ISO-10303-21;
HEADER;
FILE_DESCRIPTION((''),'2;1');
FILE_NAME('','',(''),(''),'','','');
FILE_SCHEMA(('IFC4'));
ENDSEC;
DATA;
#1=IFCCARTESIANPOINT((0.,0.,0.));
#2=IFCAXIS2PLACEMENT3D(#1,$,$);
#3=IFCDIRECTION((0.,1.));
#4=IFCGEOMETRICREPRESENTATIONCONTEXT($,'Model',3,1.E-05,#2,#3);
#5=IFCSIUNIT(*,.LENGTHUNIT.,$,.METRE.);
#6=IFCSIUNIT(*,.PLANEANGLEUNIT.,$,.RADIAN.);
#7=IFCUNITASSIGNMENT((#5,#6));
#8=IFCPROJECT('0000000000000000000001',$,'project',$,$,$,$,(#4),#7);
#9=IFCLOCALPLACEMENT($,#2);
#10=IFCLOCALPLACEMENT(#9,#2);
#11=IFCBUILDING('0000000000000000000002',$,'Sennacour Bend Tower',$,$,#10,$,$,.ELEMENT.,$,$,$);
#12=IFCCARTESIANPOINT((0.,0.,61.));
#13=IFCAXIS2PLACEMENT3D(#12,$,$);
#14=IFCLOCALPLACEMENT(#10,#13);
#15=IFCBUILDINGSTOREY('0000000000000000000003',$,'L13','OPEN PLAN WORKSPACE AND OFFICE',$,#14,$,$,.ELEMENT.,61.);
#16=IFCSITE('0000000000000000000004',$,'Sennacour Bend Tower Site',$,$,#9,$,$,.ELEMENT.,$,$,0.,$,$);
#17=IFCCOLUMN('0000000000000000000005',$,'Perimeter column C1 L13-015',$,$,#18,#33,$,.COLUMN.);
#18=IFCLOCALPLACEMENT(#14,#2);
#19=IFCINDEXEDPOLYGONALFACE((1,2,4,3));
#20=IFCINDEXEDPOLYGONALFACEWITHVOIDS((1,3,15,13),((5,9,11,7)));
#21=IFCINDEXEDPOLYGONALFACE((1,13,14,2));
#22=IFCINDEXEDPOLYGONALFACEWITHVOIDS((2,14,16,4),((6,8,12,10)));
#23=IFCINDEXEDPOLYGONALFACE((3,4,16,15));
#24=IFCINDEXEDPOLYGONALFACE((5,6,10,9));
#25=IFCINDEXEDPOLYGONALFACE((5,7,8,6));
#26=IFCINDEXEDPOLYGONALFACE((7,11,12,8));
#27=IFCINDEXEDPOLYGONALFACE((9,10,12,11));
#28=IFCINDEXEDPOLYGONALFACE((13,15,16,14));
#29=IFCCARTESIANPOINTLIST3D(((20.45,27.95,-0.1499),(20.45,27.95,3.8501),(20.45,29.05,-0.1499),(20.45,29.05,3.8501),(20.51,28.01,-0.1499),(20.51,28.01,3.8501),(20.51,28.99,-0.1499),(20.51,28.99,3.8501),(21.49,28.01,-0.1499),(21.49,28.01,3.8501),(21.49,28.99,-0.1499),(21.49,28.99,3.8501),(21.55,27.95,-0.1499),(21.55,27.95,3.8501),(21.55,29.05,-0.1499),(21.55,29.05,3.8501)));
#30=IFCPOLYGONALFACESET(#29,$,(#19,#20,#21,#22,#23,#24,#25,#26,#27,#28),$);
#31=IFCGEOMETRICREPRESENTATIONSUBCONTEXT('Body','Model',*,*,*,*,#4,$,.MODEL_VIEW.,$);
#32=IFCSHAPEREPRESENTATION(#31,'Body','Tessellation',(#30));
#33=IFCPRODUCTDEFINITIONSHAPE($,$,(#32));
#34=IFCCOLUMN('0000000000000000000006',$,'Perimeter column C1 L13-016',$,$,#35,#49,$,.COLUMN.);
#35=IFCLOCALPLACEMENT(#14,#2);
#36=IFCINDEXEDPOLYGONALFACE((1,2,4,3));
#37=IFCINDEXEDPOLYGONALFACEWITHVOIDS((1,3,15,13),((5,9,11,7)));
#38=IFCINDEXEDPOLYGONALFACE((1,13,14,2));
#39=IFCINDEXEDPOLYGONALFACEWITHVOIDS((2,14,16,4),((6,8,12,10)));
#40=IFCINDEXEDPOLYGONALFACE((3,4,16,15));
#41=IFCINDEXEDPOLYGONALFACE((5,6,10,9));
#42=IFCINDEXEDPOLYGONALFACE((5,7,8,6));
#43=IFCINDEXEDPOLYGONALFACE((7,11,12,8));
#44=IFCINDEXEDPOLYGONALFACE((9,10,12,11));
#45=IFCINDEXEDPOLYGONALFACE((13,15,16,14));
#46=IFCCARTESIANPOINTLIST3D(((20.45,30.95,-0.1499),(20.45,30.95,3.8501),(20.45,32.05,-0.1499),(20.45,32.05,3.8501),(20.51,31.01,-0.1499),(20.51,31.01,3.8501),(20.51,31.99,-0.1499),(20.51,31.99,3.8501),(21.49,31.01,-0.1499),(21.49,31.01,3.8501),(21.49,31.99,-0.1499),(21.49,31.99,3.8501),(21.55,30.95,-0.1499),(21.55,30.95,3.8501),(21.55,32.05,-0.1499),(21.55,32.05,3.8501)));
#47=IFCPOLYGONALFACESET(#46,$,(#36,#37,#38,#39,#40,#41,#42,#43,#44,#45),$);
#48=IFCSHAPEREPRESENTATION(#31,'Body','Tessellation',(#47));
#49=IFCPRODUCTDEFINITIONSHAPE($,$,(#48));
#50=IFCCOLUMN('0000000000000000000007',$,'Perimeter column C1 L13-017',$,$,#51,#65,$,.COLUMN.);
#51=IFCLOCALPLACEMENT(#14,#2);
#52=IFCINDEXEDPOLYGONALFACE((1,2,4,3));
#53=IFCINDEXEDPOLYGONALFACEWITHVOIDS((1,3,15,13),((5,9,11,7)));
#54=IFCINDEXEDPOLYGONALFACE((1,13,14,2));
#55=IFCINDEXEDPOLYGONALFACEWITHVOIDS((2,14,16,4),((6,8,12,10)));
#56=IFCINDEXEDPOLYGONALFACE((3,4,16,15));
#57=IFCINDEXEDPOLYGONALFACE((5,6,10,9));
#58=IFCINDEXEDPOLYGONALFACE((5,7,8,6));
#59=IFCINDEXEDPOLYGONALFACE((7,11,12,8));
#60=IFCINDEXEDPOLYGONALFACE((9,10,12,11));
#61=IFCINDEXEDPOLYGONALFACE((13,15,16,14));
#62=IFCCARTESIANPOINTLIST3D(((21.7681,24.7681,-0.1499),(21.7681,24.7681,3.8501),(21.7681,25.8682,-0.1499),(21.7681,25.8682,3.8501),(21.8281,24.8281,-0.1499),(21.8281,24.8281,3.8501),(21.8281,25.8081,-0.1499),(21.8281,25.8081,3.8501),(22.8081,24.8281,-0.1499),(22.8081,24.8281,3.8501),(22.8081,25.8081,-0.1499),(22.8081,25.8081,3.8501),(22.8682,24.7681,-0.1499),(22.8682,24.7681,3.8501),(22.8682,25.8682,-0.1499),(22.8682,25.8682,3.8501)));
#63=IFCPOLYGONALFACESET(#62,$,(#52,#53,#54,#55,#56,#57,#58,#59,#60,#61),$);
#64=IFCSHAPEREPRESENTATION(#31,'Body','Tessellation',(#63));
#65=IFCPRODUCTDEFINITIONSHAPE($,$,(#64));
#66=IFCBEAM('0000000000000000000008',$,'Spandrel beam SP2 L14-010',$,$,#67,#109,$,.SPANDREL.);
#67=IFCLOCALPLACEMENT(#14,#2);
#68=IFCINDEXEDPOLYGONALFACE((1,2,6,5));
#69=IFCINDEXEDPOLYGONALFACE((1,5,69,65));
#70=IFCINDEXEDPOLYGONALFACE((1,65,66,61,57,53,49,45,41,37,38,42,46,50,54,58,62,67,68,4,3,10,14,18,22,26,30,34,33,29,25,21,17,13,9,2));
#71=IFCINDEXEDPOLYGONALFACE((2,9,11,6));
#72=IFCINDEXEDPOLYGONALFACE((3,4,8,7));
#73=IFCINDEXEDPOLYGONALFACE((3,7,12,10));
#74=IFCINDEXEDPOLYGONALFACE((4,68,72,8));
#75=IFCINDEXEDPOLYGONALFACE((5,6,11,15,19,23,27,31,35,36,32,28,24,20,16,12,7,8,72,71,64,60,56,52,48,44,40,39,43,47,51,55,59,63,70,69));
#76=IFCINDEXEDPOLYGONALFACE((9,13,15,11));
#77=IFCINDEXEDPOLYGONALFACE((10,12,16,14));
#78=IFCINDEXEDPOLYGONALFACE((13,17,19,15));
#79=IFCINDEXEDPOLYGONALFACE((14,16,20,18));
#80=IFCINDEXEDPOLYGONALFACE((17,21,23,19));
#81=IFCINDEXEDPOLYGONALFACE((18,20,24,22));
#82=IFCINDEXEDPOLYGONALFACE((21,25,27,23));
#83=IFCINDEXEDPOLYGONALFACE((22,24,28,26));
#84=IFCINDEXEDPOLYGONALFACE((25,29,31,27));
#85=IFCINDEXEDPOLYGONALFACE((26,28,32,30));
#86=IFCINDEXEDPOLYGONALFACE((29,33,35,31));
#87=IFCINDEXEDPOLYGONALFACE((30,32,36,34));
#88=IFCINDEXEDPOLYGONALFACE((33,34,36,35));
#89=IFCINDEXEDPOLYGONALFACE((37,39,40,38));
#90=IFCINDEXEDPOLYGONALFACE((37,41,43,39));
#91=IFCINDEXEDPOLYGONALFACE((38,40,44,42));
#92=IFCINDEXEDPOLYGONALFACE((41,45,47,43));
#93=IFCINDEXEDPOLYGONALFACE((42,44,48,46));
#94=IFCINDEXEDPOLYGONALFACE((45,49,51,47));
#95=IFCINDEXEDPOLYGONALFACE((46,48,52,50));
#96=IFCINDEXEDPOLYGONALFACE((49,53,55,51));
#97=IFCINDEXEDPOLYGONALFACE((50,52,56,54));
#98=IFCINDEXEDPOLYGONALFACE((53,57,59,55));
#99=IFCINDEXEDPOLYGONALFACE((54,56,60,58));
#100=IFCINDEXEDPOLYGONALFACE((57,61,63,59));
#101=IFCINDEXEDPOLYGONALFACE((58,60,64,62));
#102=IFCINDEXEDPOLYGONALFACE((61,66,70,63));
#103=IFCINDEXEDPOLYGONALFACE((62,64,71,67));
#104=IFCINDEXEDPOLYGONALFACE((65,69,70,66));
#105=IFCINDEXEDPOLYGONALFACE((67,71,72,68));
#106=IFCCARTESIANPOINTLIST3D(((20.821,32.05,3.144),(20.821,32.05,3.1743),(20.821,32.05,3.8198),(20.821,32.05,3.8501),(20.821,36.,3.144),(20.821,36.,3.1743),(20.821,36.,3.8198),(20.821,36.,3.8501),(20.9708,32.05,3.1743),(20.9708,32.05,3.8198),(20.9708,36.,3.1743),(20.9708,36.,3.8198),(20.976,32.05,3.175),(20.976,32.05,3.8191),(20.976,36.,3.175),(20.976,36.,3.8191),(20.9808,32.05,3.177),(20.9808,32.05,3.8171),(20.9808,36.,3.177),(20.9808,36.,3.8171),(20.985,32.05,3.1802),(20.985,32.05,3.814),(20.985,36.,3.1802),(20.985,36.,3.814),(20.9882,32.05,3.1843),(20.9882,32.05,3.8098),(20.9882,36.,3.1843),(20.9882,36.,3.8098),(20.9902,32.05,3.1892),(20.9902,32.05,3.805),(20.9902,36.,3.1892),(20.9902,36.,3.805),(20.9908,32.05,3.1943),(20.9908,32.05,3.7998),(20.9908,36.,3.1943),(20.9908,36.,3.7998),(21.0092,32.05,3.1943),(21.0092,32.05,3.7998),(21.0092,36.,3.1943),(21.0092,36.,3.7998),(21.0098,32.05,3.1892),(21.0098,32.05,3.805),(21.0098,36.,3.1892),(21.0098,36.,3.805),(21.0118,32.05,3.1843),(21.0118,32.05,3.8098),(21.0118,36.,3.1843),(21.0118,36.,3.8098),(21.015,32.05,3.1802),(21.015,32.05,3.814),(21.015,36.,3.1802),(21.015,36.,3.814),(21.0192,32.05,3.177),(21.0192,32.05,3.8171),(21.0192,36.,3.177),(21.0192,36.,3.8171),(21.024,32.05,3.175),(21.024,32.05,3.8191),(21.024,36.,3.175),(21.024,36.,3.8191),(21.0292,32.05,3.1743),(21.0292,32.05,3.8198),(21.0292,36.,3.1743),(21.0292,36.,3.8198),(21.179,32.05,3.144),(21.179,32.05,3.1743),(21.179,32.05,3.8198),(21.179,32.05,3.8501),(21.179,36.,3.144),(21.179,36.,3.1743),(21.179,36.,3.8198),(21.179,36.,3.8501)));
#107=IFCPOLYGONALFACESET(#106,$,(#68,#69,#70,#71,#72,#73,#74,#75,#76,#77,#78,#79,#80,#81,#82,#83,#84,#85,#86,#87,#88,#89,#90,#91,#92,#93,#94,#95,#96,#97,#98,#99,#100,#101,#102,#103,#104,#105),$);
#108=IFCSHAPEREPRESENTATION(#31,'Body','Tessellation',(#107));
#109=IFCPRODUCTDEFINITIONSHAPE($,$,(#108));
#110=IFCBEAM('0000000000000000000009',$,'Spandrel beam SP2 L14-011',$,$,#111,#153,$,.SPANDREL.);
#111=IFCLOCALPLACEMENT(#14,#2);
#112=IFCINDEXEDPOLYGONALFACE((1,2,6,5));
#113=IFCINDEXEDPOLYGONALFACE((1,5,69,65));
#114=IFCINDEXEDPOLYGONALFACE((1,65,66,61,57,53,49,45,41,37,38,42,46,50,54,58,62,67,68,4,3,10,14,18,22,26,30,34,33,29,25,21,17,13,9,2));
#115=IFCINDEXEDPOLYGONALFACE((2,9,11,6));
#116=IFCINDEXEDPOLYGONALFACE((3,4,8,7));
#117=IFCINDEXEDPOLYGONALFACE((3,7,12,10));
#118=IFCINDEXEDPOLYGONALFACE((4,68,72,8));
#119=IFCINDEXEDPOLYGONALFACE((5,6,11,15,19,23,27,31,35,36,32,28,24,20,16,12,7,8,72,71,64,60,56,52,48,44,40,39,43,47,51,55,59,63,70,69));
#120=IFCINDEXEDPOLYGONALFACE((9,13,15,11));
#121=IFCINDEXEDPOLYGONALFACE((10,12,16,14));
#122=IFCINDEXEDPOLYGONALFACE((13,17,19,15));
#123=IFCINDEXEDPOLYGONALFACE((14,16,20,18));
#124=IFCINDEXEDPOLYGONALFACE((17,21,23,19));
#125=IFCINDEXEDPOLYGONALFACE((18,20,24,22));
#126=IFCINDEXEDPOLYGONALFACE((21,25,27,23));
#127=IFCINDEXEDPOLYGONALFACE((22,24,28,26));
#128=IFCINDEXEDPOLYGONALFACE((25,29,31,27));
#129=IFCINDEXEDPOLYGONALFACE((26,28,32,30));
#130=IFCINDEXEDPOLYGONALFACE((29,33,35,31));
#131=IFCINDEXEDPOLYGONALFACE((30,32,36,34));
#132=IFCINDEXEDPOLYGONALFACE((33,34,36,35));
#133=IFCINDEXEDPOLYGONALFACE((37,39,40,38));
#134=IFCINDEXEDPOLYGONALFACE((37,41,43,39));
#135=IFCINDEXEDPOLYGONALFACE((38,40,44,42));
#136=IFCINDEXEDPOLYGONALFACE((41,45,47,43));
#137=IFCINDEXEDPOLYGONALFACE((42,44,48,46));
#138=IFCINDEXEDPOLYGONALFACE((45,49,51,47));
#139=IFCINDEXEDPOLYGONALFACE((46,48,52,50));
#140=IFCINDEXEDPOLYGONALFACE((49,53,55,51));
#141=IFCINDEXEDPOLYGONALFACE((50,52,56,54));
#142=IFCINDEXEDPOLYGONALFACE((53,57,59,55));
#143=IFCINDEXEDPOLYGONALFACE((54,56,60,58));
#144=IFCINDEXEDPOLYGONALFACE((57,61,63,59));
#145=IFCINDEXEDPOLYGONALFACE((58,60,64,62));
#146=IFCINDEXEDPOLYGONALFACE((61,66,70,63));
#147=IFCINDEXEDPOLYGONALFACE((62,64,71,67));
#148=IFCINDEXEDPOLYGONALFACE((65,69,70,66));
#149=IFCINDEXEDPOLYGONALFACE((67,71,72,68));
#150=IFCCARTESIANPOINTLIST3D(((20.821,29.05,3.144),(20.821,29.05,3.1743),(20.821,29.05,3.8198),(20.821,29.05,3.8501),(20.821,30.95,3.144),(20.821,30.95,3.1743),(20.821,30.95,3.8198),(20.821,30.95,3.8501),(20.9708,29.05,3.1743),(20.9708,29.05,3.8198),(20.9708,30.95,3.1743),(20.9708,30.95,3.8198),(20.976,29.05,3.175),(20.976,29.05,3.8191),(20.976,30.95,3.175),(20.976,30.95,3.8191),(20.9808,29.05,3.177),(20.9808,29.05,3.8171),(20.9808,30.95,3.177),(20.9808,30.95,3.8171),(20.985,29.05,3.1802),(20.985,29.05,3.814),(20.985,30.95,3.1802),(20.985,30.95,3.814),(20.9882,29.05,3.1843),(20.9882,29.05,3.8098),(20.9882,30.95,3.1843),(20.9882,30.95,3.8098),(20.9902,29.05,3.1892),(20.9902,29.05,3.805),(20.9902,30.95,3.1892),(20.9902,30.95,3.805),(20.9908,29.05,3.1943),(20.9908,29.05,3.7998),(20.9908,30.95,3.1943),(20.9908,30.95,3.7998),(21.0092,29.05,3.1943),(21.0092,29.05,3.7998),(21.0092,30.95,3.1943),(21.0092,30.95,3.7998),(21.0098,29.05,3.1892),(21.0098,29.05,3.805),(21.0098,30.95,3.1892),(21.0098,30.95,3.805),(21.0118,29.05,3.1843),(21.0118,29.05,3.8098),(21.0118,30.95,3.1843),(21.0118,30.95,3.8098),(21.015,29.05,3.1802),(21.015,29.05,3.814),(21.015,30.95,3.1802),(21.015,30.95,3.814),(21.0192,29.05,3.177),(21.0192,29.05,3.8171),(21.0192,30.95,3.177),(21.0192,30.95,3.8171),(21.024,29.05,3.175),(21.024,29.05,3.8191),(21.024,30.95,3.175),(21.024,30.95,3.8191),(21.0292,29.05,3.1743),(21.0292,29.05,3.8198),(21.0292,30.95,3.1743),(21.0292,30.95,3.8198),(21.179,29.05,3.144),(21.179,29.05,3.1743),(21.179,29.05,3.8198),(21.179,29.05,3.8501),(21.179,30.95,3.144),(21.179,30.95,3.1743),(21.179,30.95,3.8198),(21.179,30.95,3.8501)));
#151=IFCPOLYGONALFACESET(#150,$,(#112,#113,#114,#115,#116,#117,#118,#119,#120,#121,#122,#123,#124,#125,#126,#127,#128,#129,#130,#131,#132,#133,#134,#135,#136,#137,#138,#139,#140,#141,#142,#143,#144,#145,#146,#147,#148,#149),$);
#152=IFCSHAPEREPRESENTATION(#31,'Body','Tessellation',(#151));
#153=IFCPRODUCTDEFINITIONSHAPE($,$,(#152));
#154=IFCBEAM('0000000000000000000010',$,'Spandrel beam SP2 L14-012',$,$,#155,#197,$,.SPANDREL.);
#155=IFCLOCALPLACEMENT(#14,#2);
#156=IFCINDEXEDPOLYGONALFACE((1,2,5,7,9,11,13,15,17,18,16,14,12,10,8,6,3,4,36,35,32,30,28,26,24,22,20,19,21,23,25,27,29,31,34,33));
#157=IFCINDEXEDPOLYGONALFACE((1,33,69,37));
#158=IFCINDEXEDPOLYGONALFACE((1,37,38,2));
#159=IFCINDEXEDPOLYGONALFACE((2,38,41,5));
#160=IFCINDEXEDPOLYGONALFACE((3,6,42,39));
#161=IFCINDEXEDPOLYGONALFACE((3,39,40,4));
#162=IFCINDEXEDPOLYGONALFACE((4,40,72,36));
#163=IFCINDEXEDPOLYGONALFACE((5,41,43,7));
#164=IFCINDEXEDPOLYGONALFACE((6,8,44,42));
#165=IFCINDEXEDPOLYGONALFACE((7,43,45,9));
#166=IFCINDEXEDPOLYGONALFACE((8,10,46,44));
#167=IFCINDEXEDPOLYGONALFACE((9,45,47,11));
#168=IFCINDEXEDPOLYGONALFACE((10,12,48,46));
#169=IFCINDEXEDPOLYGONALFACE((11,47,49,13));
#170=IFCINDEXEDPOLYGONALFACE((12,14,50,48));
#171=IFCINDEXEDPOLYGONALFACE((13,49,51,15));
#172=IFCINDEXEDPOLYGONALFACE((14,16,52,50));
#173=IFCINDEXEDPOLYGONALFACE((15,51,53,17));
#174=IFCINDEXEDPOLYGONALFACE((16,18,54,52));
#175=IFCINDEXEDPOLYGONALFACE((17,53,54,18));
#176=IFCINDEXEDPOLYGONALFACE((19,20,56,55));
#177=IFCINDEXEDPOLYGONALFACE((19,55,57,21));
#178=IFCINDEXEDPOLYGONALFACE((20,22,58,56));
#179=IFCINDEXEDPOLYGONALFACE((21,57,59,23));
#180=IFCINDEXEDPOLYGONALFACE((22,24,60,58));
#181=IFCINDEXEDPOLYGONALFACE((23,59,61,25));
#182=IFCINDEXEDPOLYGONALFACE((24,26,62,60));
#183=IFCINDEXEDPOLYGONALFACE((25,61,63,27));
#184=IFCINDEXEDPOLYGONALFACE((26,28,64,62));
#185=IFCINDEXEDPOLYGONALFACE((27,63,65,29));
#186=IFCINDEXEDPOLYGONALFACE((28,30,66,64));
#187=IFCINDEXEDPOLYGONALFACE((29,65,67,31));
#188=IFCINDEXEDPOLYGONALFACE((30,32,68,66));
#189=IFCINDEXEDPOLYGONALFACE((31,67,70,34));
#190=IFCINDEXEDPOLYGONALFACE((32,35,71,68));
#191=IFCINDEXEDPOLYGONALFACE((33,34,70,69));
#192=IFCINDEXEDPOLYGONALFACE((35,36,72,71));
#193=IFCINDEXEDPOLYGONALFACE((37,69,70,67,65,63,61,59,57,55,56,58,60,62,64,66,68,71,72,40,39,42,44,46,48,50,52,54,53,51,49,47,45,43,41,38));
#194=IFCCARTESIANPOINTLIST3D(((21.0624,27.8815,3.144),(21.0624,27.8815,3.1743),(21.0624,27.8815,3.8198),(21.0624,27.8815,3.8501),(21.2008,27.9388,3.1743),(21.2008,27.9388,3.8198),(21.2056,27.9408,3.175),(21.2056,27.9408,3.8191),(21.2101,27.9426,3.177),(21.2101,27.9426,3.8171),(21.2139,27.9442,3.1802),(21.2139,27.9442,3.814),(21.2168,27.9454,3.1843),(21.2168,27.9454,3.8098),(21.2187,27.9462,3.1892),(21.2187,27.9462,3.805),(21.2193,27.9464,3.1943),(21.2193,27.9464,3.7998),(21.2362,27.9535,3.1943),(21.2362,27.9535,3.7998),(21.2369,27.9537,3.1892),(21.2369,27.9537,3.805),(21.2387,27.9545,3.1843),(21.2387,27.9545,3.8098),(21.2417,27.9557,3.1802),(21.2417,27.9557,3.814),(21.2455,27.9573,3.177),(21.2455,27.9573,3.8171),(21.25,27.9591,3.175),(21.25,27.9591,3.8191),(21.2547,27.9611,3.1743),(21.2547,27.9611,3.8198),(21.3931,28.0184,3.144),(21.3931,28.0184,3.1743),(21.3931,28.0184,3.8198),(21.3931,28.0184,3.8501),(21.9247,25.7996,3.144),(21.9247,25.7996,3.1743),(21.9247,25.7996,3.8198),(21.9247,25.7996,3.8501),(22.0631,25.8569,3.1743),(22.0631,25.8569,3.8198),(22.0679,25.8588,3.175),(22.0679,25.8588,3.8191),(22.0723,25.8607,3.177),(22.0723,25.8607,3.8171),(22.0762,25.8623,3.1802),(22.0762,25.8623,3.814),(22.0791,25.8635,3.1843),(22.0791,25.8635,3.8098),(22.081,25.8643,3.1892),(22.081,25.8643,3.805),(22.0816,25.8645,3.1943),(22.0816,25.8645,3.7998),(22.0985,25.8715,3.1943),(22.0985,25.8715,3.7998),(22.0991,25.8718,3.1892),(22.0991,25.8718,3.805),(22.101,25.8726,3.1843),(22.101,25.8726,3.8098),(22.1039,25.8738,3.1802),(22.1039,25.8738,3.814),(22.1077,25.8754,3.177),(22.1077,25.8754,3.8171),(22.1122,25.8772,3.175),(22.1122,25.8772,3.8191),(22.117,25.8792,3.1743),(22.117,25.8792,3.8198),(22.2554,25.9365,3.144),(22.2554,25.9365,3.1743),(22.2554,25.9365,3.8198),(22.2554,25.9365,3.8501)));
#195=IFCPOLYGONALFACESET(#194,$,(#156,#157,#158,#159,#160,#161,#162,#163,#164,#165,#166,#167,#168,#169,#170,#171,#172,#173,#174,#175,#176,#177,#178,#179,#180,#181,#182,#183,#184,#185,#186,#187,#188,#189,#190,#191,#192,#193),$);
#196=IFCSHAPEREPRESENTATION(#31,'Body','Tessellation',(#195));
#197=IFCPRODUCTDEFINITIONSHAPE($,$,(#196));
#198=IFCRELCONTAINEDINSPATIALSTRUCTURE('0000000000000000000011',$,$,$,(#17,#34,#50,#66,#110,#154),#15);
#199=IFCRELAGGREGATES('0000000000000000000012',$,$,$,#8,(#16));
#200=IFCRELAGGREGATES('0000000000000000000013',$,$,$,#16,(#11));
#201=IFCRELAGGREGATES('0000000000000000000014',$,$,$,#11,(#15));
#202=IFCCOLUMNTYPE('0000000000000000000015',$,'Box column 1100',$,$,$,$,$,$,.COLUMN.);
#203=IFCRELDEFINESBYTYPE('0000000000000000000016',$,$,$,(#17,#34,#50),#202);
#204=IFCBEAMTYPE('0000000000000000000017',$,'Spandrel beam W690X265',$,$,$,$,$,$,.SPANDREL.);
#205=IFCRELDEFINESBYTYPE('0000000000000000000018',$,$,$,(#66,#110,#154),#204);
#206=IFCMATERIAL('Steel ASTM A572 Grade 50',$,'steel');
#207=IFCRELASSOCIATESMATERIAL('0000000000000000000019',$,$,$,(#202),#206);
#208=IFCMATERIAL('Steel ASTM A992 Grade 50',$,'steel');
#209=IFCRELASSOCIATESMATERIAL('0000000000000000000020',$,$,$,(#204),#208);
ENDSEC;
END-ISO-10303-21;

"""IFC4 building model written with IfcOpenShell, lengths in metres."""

from ifc_helpers import new_model, si_unit, direction, frame, origin, origin_2d, place, context, subcontext, project, spatial, hollow_rectangle, i_section, extrude, material, material_profile, profile_set, type_object, element, save


model = new_model("IFC4")

# Units and contexts
model_context = context("Model", 3, precision=1e-05, world=origin(), true_north=direction((0.0, 1.0)))
body_context = subcontext(model_context, "Body", "Model", "MODEL_VIEW")
ifc_project = project(units=[si_unit("LENGTHUNIT", "METRE"), si_unit("PLANEANGLEUNIT", "RADIAN")], contexts=[model_context])

# Site, building, storey
site_placement = place(None, origin())
site = spatial("IfcSite", under=ifc_project, at=site_placement, Name="Sennacour Bend Tower Site", CompositionType="ELEMENT", RefElevation=0.0)
building_placement = place(site_placement, origin())
building = spatial("IfcBuilding", under=site, at=building_placement, Name="Sennacour Bend Tower", CompositionType="ELEMENT")
storey_placement = place(building_placement, frame((0.0, 0.0, 61.0)))
storey = spatial("IfcBuildingStorey", under=building, at=storey_placement, Name="L13", Description="OPEN PLAN WORKSPACE AND OFFICE", CompositionType="ELEMENT", Elevation=61.0)

# Columns
ifc_material_1 = material(Name="Steel ASTM A572 Grade 50", Category="steel")
ifc_material_profile_1 = material_profile(ifc_material_1, hollow_rectangle(XDim=1.1001, YDim=1.1001, WallThickness=0.0601, at=origin_2d()), Name="Steel ASTM A572 Grade 50", Category="steel")
ifc_profile_set_1 = profile_set([ifc_material_profile_1], Name="Steel ASTM A572 Grade 50")
column_type = type_object("IfcColumnType", Name="Box column 1100", PredefinedType="COLUMN", material=ifc_profile_set_1)
for number, where, z_axis, x_axis, name in (
    (1, (21.0, 28.5, -0.1499), (0.0, 0.0, 1.0), (1.0, 0.0, 0.0), "Perimeter column C1 L13-015"),
    (2, (21.0, 31.5, -0.1499), (0.0, 0.0, 1.0), (1.0, 0.0, 0.0), "Perimeter column C1 L13-016"),
    (3, (22.3181, 25.3181, -0.1499), (0.0, 0.0, 1.0), (1.0, 0.0, 0.0), "Perimeter column C1 L13-017"),
):
    element("IfcColumn", number, at=place(storey_placement, frame(where, z_axis=z_axis, x_axis=x_axis)), inside=storey, type_object=column_type, Name=name, PredefinedType="COLUMN", context=body_context, shape_type="SweptSolid", body=[
        extrude(hollow_rectangle(XDim=1.1001, YDim=1.1001, WallThickness=0.0601, at=origin_2d()), origin(), (0.0, 0.0, 1.0), 4.0),
    ])

# Beams
ifc_material_2 = material(Name="Steel ASTM A992 Grade 50", Category="steel")
ifc_material_profile_2 = material_profile(ifc_material_2, i_section(OverallWidth=0.3579, OverallDepth=0.7061, WebThickness=0.0183, FlangeThickness=0.0303, FilletRadius=0.02, at=origin_2d()), Name="Steel ASTM A992 Grade 50", Category="steel")
ifc_profile_set_2 = profile_set([ifc_material_profile_2], Name="Steel ASTM A992 Grade 50")
beam_type = type_object("IfcBeamType", Name="Spandrel beam W690X265", PredefinedType="SPANDREL", material=ifc_profile_set_2)
beam_1_placement = place(storey_placement, frame((21.0, 36.0, 3.4971), z_axis=(0.0, -1.0, 0.0), x_axis=(1.0, 0.0, 0.0)))
element("IfcBeam", 4, at=beam_1_placement, inside=storey, type_object=beam_type, Name="Spandrel beam SP2 L14-010", PredefinedType="SPANDREL", context=body_context, shape_type="SweptSolid", body=[
    extrude(i_section(OverallWidth=0.3579, OverallDepth=0.7061, WebThickness=0.0183, FlangeThickness=0.0303, FilletRadius=0.02, at=origin_2d()), origin(), (0.0, 0.0, 1.0), 3.95),
])
beam_2_placement = place(storey_placement, frame((21.0, 30.95, 3.4971), z_axis=(0.0, -1.0, 0.0), x_axis=(1.0, 0.0, 0.0)))
element("IfcBeam", 5, at=beam_2_placement, inside=storey, type_object=beam_type, Name="Spandrel beam SP2 L14-011", PredefinedType="SPANDREL", context=body_context, shape_type="SweptSolid", body=[
    extrude(i_section(OverallWidth=0.3579, OverallDepth=0.7061, WebThickness=0.0183, FlangeThickness=0.0303, FilletRadius=0.02, at=origin_2d()), origin(), (0.0, 0.0, 1.0), 1.8999),
])
for number, where, z_axis, x_axis, name in (
    (6, (21.2278, 27.95, 3.4971), (0.382645, -0.923895, 0.0), (0.923895, 0.382645, 0.0), "Spandrel beam SP2 L14-012"),
):
    element("IfcBeam", number, at=place(storey_placement, frame(where, z_axis=z_axis, x_axis=x_axis)), inside=storey, type_object=beam_type, Name=name, PredefinedType="SPANDREL", context=body_context, shape_type="SweptSolid", body=[
        extrude(i_section(OverallWidth=0.3579, OverallDepth=0.7061, WebThickness=0.0183, FlangeThickness=0.0303, FilletRadius=0.02, at=origin_2d()), origin(), (0.0, 0.0, 1.0), 2.2534),
    ])

save(model, "model.ifc")
